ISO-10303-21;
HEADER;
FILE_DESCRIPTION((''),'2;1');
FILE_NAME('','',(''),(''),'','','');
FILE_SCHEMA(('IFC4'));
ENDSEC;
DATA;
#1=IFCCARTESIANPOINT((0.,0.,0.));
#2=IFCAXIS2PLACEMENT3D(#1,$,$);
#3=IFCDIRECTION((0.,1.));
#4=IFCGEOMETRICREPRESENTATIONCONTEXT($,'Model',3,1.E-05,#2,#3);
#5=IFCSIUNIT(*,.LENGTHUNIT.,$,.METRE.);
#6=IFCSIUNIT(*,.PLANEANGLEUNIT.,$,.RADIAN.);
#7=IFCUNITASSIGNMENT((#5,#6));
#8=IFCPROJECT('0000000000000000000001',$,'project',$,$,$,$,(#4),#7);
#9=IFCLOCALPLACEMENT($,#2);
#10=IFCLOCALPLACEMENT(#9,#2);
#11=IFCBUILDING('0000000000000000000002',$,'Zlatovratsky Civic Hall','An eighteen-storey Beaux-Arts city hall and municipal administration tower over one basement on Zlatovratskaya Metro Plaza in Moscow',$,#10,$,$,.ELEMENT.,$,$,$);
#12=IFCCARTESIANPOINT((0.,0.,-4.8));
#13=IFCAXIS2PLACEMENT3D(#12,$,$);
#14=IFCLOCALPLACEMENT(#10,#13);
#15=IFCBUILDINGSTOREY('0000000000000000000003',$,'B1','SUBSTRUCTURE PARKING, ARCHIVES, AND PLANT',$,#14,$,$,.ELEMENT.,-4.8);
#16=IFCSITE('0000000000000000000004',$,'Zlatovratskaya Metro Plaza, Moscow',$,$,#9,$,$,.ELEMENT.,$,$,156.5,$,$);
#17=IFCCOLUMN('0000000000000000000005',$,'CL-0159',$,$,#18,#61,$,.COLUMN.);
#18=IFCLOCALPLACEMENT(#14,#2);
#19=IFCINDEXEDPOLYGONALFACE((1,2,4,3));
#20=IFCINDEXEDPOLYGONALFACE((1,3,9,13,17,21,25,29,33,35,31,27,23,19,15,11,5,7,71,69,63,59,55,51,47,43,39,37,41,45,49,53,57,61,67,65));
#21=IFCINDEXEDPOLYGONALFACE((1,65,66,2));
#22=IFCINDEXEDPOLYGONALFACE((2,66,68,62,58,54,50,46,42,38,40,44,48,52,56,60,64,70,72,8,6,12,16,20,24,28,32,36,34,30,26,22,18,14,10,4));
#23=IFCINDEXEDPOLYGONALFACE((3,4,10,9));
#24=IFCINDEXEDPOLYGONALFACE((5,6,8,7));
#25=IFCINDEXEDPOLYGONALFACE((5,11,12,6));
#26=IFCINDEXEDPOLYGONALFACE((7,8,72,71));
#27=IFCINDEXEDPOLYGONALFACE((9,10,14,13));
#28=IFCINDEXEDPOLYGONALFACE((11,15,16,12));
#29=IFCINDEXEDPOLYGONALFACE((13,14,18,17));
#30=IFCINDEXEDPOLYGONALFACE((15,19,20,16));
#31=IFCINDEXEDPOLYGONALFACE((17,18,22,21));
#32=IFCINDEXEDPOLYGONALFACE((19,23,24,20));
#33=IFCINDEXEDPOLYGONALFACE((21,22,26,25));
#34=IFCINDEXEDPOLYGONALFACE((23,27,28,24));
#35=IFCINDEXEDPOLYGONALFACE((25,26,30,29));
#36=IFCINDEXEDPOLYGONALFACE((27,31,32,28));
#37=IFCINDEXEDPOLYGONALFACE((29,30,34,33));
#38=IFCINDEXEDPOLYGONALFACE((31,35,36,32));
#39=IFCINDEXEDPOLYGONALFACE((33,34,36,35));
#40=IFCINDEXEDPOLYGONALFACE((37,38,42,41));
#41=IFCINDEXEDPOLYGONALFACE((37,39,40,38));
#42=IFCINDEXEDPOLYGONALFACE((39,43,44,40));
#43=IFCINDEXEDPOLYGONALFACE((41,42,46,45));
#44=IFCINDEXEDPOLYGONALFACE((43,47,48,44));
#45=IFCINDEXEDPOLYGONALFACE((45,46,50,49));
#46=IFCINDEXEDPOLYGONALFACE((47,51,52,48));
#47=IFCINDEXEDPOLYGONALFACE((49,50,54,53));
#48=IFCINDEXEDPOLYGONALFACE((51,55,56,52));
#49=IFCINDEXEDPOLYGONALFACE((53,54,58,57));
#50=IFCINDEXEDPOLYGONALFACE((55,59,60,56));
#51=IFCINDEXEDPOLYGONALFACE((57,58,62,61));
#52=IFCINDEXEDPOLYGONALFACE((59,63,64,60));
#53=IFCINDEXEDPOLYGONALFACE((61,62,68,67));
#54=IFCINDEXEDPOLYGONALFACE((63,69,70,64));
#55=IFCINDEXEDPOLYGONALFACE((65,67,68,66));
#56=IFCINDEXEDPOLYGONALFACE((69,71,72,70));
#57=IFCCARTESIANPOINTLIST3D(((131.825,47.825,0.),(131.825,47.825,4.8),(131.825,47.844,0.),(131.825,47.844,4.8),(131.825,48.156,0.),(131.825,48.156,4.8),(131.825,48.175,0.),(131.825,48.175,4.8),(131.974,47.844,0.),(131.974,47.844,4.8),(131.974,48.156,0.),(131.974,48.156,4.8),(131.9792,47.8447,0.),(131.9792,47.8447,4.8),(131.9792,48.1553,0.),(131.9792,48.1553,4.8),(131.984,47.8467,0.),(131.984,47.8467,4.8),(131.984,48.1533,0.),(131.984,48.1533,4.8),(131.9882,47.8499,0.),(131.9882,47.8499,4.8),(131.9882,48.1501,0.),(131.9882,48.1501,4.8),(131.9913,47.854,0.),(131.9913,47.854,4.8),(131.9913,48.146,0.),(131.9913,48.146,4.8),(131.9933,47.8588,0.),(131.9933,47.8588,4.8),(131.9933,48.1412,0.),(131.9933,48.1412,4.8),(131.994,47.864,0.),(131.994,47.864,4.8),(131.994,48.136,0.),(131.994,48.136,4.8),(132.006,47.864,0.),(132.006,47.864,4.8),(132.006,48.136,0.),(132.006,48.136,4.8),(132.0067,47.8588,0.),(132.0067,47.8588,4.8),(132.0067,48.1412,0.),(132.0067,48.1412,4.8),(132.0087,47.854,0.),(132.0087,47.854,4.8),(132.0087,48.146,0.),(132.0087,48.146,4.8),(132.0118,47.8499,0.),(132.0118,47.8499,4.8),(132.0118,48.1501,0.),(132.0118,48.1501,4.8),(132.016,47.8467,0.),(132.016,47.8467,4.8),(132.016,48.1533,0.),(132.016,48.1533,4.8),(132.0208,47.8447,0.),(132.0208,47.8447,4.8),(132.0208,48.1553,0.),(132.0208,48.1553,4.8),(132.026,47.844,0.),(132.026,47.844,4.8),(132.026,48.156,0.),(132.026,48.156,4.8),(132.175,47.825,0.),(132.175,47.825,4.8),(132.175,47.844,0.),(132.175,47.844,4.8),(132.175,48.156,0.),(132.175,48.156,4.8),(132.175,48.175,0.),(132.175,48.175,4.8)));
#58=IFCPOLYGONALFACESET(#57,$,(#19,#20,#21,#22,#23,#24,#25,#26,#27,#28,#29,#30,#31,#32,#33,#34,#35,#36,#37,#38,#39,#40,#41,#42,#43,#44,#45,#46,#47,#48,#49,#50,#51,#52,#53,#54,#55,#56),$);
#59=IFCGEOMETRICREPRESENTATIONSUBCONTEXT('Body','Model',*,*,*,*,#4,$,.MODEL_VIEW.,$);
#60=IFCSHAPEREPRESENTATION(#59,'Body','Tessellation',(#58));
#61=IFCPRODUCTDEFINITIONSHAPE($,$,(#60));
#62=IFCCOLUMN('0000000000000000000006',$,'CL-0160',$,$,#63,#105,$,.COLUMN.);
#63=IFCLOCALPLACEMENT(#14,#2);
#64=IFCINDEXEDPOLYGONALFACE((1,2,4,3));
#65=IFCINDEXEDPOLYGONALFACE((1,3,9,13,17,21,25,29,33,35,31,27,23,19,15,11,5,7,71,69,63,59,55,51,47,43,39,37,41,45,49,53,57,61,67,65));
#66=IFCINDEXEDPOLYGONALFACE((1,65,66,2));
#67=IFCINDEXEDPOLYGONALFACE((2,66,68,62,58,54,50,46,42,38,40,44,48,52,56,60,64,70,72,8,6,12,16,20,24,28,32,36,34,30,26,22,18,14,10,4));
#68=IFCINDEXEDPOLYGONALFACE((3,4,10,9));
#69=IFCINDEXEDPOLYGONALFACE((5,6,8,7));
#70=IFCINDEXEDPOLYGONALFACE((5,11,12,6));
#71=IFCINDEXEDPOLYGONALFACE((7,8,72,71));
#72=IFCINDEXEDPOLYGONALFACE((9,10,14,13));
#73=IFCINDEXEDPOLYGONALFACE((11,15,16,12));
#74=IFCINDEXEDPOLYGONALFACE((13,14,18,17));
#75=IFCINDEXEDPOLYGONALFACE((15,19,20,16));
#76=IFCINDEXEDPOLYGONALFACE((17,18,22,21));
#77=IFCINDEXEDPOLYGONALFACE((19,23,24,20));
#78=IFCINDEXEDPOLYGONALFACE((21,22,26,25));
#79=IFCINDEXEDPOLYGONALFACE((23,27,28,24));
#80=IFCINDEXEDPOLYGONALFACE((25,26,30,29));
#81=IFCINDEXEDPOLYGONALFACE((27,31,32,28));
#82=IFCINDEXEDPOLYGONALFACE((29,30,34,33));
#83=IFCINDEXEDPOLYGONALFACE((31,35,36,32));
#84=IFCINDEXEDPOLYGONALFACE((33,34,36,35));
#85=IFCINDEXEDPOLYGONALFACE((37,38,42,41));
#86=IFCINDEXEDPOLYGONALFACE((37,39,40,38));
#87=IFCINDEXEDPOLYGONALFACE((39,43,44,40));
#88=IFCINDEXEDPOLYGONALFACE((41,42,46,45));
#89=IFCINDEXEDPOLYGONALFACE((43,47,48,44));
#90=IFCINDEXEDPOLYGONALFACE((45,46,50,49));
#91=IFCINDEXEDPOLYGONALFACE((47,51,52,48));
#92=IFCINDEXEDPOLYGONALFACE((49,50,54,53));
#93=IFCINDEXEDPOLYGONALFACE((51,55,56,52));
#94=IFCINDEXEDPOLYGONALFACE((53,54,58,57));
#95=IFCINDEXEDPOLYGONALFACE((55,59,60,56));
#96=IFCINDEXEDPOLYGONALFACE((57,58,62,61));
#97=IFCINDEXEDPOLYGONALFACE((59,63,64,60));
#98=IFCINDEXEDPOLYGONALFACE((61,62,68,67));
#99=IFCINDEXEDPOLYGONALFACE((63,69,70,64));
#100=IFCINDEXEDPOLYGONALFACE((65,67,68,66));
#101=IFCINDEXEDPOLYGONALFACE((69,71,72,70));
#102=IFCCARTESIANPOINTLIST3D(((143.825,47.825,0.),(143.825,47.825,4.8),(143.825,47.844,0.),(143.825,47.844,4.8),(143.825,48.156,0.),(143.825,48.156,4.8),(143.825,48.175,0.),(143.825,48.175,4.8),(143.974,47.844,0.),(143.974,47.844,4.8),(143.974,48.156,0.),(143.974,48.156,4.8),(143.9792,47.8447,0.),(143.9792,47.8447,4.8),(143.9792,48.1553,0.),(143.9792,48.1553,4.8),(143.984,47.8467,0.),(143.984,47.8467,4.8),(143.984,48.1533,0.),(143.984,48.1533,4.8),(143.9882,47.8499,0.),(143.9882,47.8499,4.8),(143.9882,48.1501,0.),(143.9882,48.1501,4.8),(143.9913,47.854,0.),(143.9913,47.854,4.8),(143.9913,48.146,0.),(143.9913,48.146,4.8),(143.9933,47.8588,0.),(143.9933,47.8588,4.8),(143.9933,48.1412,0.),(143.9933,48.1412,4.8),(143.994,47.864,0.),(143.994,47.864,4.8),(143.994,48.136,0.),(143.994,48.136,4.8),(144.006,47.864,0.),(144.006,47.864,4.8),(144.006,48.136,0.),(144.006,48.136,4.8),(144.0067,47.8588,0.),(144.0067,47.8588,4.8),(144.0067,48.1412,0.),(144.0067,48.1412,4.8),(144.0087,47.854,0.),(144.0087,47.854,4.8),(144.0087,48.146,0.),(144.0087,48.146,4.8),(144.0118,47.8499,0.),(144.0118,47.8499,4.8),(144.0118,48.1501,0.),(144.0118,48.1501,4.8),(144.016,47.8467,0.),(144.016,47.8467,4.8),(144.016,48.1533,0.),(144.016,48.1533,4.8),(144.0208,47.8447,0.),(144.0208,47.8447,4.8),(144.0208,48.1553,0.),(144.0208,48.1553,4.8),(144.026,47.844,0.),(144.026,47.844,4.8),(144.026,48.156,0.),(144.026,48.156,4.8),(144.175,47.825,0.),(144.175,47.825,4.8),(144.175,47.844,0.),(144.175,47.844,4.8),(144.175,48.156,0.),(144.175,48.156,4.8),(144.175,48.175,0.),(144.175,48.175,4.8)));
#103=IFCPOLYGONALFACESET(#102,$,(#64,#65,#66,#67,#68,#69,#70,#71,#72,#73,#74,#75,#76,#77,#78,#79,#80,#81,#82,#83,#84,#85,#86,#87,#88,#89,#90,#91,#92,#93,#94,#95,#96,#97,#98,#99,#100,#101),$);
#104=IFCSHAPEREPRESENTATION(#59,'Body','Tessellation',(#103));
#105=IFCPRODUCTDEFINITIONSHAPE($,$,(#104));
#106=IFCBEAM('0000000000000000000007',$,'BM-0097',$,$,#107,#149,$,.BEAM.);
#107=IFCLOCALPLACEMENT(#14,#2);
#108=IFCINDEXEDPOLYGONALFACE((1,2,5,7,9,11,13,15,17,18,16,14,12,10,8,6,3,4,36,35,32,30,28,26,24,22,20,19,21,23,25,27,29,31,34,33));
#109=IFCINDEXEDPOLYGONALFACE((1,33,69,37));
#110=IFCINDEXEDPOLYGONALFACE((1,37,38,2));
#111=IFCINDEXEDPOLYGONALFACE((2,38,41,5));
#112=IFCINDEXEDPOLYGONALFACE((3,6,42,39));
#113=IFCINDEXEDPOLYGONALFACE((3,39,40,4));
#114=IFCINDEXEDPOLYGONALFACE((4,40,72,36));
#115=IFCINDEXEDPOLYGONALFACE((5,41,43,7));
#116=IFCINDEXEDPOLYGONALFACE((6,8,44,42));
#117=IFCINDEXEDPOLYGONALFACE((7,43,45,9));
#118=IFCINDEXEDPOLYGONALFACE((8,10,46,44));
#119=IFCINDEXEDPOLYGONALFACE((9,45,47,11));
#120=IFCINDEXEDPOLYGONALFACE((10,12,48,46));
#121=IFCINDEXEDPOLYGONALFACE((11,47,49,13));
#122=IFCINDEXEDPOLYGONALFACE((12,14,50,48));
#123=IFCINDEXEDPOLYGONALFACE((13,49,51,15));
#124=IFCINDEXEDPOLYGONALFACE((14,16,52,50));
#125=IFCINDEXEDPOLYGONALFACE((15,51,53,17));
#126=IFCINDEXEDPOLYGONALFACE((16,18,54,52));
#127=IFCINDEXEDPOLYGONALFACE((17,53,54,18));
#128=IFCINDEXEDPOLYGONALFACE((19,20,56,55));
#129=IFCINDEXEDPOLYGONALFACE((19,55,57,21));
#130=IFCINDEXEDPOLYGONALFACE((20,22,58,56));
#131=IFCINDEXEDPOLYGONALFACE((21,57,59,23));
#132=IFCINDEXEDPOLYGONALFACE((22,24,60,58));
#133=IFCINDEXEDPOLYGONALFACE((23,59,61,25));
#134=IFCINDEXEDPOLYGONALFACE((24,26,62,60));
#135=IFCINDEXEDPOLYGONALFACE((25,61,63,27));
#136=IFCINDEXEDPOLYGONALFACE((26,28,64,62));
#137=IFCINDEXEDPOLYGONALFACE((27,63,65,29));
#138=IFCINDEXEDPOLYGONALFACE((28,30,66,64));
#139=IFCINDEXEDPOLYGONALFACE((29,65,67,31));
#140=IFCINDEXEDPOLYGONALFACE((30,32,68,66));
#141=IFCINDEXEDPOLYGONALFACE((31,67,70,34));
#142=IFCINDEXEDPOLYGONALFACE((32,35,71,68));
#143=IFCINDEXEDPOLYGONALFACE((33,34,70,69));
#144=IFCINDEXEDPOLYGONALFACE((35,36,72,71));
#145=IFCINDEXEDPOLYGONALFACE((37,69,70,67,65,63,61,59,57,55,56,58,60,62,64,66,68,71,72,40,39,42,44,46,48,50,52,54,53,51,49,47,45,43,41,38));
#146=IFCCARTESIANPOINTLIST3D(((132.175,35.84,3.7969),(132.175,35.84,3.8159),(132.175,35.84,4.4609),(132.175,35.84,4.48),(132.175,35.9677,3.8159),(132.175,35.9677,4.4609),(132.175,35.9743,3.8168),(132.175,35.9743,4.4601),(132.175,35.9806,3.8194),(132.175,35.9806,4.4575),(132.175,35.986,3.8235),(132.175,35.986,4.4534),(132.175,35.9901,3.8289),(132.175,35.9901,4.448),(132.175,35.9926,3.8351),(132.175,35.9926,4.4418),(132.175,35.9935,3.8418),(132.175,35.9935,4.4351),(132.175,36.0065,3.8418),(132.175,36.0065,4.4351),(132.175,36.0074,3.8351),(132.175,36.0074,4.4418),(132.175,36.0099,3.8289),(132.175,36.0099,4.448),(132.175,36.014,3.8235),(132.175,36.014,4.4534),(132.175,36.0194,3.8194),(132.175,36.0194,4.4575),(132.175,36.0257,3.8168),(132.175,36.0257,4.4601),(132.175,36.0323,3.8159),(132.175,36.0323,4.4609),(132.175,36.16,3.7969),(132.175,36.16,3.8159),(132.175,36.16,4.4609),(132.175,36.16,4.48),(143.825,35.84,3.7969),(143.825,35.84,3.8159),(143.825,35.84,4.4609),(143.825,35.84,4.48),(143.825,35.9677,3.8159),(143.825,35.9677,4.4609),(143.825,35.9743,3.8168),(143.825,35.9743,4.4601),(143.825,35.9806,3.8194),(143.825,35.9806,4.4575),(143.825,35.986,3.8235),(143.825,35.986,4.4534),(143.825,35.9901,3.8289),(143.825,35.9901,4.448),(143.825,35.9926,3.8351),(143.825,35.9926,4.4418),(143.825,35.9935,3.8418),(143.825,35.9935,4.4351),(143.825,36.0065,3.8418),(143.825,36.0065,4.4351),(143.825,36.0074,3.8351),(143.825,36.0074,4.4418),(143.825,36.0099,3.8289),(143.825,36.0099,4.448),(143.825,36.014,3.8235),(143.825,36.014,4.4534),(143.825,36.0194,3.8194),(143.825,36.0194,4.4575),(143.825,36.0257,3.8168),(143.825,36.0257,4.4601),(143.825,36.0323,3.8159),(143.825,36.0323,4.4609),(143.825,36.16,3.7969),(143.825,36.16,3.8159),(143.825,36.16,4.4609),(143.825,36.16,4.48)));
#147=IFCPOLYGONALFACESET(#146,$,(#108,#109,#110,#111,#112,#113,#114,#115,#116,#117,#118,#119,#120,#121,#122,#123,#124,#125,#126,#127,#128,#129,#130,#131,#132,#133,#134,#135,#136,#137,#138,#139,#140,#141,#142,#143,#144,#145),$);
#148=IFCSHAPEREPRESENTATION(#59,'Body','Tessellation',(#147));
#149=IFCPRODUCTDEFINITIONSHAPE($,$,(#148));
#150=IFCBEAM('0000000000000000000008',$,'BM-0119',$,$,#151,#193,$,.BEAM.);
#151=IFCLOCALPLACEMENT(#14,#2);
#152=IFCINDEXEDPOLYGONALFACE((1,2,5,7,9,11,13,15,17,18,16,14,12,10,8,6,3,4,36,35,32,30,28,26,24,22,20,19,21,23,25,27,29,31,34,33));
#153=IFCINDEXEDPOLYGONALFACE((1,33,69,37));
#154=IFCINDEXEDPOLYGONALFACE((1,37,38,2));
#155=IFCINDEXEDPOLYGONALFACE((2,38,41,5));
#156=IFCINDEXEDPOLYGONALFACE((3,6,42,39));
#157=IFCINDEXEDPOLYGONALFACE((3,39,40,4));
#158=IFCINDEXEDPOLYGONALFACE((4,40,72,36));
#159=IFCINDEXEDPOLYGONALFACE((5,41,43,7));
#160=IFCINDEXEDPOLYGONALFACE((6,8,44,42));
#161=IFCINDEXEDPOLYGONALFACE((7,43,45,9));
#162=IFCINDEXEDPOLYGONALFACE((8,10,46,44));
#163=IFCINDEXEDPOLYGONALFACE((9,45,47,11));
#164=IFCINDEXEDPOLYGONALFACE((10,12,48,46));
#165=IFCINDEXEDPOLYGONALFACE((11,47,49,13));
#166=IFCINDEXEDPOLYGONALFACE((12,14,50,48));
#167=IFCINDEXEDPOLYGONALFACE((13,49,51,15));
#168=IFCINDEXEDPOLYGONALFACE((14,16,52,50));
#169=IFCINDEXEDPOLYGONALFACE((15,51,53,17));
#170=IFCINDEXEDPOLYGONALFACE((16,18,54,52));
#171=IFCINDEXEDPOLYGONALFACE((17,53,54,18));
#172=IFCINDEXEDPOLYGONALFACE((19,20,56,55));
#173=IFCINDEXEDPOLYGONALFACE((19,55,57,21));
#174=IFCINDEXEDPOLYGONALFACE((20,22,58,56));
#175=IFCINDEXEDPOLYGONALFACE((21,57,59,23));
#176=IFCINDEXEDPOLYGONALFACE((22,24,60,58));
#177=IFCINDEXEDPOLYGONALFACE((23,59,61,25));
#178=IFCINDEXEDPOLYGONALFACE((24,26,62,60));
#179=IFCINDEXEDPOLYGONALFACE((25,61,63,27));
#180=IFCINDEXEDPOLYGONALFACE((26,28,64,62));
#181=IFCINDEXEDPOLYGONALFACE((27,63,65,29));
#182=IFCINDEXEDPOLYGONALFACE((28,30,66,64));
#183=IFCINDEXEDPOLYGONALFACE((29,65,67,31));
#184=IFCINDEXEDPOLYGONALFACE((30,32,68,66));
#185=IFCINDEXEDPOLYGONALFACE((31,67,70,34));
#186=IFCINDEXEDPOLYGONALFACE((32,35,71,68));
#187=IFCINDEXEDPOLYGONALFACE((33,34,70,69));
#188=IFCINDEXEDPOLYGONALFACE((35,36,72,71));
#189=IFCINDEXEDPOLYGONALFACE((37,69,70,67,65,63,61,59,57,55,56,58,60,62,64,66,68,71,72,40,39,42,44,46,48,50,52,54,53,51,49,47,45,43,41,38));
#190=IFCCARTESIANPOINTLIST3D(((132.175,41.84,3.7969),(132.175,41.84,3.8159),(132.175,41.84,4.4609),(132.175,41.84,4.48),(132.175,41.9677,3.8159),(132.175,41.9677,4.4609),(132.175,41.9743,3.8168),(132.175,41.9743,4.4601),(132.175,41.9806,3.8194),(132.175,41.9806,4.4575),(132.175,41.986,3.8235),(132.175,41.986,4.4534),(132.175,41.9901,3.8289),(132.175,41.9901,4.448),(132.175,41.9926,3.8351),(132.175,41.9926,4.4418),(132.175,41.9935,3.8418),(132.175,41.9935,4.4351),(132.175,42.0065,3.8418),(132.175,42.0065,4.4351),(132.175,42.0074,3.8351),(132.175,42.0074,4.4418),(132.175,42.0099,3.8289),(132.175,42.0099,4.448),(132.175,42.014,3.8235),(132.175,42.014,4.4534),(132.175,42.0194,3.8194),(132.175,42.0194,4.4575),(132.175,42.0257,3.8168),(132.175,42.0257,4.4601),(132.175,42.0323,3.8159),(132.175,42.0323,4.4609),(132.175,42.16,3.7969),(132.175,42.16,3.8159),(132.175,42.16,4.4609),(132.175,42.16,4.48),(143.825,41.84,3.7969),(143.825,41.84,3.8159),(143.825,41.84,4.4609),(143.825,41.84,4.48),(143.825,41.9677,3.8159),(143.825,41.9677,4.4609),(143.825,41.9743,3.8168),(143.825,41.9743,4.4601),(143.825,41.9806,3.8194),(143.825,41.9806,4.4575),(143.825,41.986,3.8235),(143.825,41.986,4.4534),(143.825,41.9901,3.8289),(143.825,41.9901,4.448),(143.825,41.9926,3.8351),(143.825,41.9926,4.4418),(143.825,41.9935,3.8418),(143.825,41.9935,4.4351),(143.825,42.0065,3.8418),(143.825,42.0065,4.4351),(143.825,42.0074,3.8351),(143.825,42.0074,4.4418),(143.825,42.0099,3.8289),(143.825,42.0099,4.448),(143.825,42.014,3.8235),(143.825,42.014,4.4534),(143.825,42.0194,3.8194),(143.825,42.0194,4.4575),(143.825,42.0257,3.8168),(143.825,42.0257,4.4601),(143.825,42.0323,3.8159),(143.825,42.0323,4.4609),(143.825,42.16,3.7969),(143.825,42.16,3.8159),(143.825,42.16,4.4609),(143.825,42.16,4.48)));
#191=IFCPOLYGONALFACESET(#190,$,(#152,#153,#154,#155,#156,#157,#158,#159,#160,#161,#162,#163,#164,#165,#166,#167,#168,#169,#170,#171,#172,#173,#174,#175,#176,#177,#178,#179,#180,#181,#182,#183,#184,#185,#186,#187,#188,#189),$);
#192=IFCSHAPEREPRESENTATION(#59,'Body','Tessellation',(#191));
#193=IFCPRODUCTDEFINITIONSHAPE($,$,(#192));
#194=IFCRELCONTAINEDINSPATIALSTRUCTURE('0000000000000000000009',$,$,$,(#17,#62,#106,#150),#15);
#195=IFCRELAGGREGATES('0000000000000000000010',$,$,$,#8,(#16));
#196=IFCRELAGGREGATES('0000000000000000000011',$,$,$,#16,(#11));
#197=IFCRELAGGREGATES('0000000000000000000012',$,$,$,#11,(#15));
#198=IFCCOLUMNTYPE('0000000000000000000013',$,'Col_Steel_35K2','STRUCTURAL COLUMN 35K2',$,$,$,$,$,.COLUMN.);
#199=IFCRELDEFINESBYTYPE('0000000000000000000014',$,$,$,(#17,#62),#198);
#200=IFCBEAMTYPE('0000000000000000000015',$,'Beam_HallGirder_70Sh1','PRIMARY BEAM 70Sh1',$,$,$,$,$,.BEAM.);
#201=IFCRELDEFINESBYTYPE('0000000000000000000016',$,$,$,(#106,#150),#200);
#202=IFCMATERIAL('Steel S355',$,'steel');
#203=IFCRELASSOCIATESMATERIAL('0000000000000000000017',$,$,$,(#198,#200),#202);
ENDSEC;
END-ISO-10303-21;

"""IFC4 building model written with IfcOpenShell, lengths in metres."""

from ifc_helpers import new_model, si_unit, direction, frame, origin, origin_2d, place, context, subcontext, project, spatial, i_section, extrude, material, material_profile, profile_set, type_object, element, save


model = new_model("IFC4")

# Units and contexts
model_context = context("Model", 3, precision=1e-05, world=origin(), true_north=direction((0.0, 1.0)))
body_context = subcontext(model_context, "Body", "Model", "MODEL_VIEW")
ifc_project = project(units=[si_unit("LENGTHUNIT", "METRE"), si_unit("PLANEANGLEUNIT", "RADIAN")], contexts=[model_context])

# Site, building, storey
site_placement = place(None, origin())
site = spatial("IfcSite", under=ifc_project, at=site_placement, Name="Zlatovratskaya Metro Plaza, Moscow", CompositionType="ELEMENT", RefElevation=156.5)
building_placement = place(site_placement, origin())
building = spatial("IfcBuilding", under=site, at=building_placement, Name="Zlatovratsky Civic Hall", Description="An eighteen-storey Beaux-Arts city hall and municipal administration tower over one basement on Zlatovratskaya Metro Plaza in Moscow", CompositionType="ELEMENT")
storey_placement = place(building_placement, frame((0.0, 0.0, -4.8)))
storey = spatial("IfcBuildingStorey", under=building, at=storey_placement, Name="B1", Description="SUBSTRUCTURE PARKING, ARCHIVES, AND PLANT", CompositionType="ELEMENT", Elevation=-4.8)

# Columns
ifc_material_1 = material(Name="Steel S355", Category="steel")
ifc_material_profile_1 = material_profile(ifc_material_1, i_section(OverallWidth=0.3501, OverallDepth=0.3501, WebThickness=0.012, FlangeThickness=0.019, FilletRadius=0.02, at=origin_2d()), Name="35K2")
ifc_profile_set_1 = profile_set([ifc_material_profile_1], Name="Steel S355")
column_type = type_object("IfcColumnType", Name="Col_Steel_35K2", Description="STRUCTURAL COLUMN 35K2", PredefinedType="COLUMN", material=ifc_profile_set_1)
for number, where, z_axis, x_axis, name in (
    (1, (132.0, 48.0, 0.0), (0.0, 0.0, 1.0), (1.0, 0.0, 0.0), "CL-0159"),
    (2, (144.0, 48.0, 0.0), (0.0, 0.0, 1.0), (1.0, 0.0, 0.0), "CL-0160"),
):
    element("IfcColumn", number, at=place(storey_placement, frame(where, z_axis=z_axis, x_axis=x_axis)), inside=storey, type_object=column_type, Name=name, PredefinedType="COLUMN", context=body_context, shape_type="SweptSolid", body=[
        extrude(i_section(OverallWidth=0.3501, OverallDepth=0.3501, WebThickness=0.012, FlangeThickness=0.019, FilletRadius=0.02, at=origin_2d()), origin(), (0.0, 0.0, 1.0), 4.8),
    ])

# Beams
ifc_material_profile_2 = material_profile(ifc_material_1, i_section(OverallWidth=0.3201, OverallDepth=0.6831, WebThickness=0.0129, FlangeThickness=0.019, FilletRadius=0.0259, at=origin_2d()), Name="70Sh1")
ifc_profile_set_2 = profile_set([ifc_material_profile_2], Name="Steel S355")
beam_type_1 = type_object("IfcBeamType", Name="Beam_HallGirder_70Sh1", Description="PRIMARY BEAM 70Sh1", PredefinedType="BEAM", material=ifc_profile_set_2)
for number, where, z_axis, x_axis, name in (
    (3, (132.175, 36.0, 4.1384), (1.0, 0.0, 0.0), (0.0, 1.0, 0.0), "BM-0097"),
    (4, (132.175, 42.0, 4.1384), (1.0, 0.0, 0.0), (0.0, 1.0, 0.0), "BM-0119"),
):
    element("IfcBeam", number, at=place(storey_placement, frame(where, z_axis=z_axis, x_axis=x_axis)), inside=storey, type_object=beam_type_1, Name=name, PredefinedType="BEAM", context=body_context, shape_type="SweptSolid", body=[
        extrude(i_section(OverallWidth=0.3201, OverallDepth=0.6831, WebThickness=0.0129, FlangeThickness=0.019, FilletRadius=0.0259, at=origin_2d()), origin(), (0.0, 0.0, 1.0), 11.6499),
    ])

save(model, "model.ifc")
